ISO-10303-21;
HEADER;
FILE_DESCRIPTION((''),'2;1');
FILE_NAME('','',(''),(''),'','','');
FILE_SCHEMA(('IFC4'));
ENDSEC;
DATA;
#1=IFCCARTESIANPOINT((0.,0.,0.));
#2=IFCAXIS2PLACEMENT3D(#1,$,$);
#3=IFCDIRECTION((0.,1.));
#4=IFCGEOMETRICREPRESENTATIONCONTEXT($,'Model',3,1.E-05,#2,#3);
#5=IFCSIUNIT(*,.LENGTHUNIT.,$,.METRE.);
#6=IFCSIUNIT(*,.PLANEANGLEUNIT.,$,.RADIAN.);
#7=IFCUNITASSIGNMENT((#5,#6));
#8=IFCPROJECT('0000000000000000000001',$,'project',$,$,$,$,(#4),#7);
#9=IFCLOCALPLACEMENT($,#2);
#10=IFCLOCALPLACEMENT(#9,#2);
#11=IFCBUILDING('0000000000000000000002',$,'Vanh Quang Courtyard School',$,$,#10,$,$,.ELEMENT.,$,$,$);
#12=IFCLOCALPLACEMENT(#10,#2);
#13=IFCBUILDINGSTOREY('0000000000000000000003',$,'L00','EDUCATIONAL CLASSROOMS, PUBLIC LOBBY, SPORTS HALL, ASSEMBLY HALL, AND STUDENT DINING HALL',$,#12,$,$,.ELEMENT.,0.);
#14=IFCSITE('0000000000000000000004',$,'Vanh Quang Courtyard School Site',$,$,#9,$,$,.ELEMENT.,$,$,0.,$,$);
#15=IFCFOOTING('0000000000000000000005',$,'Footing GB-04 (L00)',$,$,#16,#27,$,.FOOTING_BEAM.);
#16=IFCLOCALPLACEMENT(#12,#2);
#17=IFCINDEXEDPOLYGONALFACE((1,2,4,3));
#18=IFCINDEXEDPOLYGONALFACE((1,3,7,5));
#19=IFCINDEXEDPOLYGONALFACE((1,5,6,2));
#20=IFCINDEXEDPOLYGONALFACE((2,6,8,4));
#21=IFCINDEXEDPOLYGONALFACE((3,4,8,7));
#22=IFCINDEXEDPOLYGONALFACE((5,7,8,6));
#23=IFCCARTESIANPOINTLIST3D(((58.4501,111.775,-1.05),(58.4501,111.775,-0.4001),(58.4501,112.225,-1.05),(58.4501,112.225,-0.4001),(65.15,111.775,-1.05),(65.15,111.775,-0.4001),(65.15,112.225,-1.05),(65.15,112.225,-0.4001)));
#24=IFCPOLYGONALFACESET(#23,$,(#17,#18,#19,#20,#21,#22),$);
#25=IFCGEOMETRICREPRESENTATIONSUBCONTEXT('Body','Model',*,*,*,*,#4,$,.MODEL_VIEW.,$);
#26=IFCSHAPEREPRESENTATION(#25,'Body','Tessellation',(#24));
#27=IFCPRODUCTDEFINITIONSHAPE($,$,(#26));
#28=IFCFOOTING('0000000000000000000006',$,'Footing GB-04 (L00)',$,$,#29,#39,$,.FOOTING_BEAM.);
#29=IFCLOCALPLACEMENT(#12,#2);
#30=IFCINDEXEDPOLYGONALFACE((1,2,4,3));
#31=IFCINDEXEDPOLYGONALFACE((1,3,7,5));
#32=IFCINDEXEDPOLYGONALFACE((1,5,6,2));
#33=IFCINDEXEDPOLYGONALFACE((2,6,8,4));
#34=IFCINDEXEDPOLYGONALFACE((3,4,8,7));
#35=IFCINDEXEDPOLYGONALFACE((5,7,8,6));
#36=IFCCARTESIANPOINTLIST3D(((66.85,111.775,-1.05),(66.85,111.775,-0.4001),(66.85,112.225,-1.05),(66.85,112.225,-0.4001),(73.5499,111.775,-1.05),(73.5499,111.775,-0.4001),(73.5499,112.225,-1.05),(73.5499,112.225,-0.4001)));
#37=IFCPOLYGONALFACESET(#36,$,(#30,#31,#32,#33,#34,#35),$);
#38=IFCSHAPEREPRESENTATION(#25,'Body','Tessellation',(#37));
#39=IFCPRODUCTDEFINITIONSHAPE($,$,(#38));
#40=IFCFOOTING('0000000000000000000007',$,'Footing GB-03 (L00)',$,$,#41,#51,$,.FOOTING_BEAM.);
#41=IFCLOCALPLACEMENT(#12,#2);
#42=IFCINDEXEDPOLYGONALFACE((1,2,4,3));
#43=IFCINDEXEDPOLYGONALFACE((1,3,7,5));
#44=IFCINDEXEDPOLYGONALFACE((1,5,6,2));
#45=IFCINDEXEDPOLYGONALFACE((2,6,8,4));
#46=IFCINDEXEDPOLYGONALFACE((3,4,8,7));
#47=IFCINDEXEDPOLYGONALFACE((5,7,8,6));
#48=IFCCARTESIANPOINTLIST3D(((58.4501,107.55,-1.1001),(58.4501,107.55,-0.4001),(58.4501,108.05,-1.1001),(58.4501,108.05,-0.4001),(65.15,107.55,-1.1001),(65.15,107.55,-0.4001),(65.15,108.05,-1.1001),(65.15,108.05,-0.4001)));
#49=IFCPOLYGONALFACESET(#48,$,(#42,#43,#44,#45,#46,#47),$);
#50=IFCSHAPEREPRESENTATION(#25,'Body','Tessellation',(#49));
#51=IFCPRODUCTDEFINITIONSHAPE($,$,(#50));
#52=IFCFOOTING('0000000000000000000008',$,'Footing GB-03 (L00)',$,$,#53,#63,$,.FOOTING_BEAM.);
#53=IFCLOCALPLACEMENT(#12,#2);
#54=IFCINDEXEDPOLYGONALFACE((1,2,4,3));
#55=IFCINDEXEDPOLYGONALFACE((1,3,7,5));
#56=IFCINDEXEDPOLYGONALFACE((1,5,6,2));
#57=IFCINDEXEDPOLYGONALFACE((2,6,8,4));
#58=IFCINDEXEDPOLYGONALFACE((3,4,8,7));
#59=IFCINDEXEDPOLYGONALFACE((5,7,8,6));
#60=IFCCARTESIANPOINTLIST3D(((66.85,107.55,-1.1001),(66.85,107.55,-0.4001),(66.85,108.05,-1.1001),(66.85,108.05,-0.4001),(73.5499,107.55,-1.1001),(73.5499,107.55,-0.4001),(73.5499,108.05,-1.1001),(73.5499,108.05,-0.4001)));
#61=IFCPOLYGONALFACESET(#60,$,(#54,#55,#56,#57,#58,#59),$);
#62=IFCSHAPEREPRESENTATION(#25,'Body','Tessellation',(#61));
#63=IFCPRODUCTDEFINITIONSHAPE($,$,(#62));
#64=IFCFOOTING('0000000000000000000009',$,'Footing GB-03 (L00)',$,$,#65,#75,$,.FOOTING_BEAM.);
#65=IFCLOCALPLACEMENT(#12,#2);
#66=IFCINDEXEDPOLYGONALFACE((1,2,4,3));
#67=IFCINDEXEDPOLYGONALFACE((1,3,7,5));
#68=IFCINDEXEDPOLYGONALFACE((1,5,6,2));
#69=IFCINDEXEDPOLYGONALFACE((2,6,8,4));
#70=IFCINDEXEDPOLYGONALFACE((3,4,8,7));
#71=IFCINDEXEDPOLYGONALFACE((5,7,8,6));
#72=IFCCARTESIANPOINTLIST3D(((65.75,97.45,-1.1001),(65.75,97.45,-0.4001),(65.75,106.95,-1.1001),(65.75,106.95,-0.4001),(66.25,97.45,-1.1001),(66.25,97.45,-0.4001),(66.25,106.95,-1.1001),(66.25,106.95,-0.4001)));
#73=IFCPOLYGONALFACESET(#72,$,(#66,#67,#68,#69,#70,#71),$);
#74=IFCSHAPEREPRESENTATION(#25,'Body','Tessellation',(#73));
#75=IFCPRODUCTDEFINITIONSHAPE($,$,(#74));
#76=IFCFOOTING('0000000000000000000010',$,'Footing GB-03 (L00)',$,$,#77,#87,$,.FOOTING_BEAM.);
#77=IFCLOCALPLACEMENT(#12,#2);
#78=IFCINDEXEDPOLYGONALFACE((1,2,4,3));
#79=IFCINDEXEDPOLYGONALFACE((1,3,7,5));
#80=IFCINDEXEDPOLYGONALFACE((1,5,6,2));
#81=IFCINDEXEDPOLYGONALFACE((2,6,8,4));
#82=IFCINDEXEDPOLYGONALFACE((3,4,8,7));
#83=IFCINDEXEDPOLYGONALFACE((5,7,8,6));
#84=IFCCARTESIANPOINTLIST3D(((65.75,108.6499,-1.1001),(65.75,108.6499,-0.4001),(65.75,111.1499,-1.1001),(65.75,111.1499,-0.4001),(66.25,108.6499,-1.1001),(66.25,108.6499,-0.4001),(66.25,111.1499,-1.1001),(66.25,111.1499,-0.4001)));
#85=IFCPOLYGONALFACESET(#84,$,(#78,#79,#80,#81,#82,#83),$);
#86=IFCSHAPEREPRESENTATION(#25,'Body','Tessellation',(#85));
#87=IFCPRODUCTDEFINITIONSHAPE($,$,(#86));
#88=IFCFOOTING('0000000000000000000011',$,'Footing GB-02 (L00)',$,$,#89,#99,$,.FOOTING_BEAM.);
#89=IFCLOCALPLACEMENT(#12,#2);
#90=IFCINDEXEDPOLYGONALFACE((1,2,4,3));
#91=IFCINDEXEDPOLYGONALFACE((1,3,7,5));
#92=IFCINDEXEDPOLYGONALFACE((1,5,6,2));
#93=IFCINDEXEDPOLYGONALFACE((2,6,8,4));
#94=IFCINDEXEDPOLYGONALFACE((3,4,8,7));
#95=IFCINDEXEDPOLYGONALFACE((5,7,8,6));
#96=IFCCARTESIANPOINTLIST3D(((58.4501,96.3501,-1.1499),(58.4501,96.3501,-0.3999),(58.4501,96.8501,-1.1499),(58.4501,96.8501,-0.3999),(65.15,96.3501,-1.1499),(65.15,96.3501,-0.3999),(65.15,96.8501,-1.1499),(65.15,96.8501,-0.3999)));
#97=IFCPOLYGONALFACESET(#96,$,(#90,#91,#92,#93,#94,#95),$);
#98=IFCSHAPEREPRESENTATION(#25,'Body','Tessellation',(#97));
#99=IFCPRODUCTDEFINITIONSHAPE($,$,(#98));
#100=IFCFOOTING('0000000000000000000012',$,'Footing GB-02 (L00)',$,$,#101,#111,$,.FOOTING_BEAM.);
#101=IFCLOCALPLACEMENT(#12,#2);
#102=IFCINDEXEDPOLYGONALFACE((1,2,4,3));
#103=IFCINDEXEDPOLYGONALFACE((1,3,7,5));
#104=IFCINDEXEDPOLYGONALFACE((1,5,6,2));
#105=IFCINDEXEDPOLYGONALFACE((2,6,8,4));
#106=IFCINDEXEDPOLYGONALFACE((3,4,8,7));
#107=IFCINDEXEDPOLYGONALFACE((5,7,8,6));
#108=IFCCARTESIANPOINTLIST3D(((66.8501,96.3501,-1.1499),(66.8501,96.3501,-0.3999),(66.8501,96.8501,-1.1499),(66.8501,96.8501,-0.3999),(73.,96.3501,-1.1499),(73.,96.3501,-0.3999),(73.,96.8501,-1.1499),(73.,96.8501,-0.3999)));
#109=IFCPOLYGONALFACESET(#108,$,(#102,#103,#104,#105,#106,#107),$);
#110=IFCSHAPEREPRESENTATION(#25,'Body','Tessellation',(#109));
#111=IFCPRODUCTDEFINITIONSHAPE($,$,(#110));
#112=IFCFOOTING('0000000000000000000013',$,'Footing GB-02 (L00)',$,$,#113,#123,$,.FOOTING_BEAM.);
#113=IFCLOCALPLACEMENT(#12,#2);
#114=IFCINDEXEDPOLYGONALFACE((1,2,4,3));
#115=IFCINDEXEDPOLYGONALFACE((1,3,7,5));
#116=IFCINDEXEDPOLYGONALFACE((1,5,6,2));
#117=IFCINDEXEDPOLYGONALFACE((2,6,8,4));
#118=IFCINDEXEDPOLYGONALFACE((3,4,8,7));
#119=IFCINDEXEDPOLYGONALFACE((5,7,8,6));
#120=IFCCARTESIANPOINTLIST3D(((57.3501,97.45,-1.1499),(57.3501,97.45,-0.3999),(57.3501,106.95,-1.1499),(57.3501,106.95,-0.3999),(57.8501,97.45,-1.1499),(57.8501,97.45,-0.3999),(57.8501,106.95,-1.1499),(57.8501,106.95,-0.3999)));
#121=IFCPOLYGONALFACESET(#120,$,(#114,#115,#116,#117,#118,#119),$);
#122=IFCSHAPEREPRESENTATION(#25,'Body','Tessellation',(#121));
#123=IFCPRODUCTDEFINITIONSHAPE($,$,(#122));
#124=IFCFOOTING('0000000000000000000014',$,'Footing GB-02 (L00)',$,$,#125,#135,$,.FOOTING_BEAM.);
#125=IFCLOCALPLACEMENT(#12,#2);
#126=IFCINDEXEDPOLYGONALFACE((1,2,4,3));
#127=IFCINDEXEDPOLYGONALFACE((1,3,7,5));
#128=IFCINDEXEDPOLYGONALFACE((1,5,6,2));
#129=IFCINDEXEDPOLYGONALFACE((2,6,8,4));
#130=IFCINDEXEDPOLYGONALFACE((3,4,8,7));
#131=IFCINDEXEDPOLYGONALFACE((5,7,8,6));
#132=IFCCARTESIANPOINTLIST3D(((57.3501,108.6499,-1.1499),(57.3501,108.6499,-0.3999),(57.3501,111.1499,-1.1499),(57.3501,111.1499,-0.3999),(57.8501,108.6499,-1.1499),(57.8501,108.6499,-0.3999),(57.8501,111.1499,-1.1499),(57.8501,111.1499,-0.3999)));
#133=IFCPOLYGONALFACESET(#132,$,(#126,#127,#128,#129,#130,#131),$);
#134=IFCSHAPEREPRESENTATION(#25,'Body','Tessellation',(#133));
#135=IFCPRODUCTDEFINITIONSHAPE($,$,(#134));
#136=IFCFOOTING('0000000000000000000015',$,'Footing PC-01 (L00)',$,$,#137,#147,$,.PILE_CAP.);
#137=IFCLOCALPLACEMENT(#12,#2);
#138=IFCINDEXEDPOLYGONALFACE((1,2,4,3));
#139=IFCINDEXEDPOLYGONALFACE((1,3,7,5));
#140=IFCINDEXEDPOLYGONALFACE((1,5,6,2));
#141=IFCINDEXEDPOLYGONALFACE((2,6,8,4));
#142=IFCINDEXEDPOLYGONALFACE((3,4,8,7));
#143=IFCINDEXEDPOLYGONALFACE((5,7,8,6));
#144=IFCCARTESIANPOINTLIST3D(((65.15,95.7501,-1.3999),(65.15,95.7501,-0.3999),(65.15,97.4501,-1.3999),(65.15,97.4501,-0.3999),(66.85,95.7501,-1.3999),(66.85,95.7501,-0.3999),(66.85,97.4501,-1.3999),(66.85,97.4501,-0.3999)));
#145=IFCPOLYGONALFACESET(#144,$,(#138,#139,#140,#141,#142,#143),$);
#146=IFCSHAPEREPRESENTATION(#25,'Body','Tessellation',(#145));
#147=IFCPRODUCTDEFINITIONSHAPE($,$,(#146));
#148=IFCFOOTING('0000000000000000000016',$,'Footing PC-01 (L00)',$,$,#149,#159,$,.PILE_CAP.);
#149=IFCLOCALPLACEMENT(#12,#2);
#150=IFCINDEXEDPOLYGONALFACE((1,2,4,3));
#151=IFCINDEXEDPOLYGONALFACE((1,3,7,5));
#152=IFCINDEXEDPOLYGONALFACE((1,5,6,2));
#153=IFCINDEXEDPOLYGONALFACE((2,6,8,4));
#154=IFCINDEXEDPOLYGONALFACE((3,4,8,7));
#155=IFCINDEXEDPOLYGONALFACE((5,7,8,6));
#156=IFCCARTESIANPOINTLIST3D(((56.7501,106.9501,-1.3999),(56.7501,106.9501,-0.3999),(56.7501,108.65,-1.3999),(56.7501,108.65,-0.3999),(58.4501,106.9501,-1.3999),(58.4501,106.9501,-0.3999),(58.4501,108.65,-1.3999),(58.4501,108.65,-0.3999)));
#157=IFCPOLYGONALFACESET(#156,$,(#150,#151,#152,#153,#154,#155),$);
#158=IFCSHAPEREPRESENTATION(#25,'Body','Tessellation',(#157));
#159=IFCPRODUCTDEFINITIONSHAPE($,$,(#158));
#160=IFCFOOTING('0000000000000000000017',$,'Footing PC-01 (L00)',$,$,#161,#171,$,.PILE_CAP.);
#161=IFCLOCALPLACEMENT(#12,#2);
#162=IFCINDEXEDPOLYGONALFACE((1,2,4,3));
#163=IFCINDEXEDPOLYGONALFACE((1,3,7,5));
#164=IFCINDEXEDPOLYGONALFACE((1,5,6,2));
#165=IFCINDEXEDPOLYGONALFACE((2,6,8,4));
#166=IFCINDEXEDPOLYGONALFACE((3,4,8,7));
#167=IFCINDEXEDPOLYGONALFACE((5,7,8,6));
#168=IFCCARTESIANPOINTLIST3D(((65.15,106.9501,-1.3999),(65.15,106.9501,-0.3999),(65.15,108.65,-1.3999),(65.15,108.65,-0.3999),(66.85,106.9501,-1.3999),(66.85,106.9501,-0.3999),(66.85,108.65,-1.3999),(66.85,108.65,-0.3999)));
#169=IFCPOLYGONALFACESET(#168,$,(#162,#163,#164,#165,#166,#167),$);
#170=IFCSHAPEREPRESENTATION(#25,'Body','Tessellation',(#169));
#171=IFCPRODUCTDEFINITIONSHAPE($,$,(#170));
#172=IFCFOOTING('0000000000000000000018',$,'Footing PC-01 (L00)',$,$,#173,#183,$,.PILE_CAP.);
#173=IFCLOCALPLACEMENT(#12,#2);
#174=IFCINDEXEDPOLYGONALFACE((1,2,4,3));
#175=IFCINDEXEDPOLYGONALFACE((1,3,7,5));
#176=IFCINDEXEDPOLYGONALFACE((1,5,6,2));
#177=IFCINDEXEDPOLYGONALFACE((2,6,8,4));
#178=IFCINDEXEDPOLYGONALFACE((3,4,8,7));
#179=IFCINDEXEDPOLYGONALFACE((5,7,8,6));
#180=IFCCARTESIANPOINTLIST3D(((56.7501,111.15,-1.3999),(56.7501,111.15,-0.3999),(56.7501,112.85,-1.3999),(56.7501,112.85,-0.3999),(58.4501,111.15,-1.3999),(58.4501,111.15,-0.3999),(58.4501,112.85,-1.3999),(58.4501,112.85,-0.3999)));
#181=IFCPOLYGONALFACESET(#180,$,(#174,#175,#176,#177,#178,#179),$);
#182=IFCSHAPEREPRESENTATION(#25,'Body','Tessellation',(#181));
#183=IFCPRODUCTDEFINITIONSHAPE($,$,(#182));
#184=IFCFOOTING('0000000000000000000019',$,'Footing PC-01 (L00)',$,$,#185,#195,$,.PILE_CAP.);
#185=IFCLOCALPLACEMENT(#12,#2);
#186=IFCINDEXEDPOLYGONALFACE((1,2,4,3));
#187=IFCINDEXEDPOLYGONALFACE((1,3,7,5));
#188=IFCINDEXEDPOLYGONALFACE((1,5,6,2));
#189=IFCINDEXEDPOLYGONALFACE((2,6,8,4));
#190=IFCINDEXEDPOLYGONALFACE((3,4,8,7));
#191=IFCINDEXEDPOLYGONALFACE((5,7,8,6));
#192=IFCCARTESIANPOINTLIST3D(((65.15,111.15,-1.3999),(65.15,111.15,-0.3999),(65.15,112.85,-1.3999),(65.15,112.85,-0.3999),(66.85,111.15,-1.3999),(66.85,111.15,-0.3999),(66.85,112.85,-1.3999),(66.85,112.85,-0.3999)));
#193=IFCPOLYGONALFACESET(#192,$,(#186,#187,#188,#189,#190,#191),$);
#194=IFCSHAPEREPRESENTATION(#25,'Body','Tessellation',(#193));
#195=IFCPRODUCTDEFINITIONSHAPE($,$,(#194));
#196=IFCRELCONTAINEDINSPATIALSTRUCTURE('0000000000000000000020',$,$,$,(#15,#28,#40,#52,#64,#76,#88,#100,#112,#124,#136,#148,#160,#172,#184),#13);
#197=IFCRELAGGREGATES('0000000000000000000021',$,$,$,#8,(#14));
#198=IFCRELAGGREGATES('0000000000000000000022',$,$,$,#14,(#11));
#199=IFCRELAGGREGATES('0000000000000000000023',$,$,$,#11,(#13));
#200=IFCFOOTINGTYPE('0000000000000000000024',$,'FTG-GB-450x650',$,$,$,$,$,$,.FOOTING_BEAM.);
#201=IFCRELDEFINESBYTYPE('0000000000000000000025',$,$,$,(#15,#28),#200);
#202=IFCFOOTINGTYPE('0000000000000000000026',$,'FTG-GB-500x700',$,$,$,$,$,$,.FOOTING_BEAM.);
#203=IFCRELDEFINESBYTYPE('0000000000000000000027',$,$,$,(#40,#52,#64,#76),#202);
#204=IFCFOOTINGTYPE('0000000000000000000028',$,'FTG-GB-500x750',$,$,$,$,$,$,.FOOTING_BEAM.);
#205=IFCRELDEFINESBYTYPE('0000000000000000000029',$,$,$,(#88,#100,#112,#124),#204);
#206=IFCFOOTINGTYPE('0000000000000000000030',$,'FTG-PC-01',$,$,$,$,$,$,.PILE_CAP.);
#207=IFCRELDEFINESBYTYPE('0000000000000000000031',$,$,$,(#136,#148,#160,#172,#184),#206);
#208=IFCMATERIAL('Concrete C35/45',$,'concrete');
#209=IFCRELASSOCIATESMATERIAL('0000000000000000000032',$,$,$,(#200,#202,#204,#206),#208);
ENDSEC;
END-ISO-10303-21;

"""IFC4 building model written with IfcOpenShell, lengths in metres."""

from ifc_helpers import new_model, si_unit, direction, frame, origin, origin_2d, place, context, subcontext, project, spatial, rectangle, extrude, material, type_object, element, save


model = new_model("IFC4")

# Units and contexts
model_context = context("Model", 3, precision=1e-05, world=origin(), true_north=direction((0.0, 1.0)))
body_context = subcontext(model_context, "Body", "Model", "MODEL_VIEW")
ifc_project = project(units=[si_unit("LENGTHUNIT", "METRE"), si_unit("PLANEANGLEUNIT", "RADIAN")], contexts=[model_context])

# Site, building, storey
site_placement = place(None, origin())
site = spatial("IfcSite", under=ifc_project, at=site_placement, Name="Vanh Quang Courtyard School Site", CompositionType="ELEMENT", RefElevation=0.0)
building_placement = place(site_placement, origin())
building = spatial("IfcBuilding", under=site, at=building_placement, Name="Vanh Quang Courtyard School", CompositionType="ELEMENT")
storey_placement = place(building_placement, origin())
storey = spatial("IfcBuildingStorey", under=building, at=storey_placement, Name="L00", Description="EDUCATIONAL CLASSROOMS, PUBLIC LOBBY, SPORTS HALL, ASSEMBLY HALL, AND STUDENT DINING HALL", CompositionType="ELEMENT", Elevation=0.0)

# Footings
ifc_material_1 = material(Name="Concrete C35/45", Category="concrete")
footing_type_1 = type_object("IfcFootingType", Name="FTG-GB-450x650", PredefinedType="FOOTING_BEAM", material=ifc_material_1)
for number, where, z_axis, x_axis, name in (
    (1, (61.8, 112.0, -1.05), (0.0, 0.0, 1.0), (1.0, 0.0, 0.0), "Footing GB-04 (L00)"),
    (2, (70.2, 112.0, -1.05), (0.0, 0.0, 1.0), (1.0, 0.0, 0.0), "Footing GB-04 (L00)"),
):
    element("IfcFooting", number, at=place(storey_placement, frame(where, z_axis=z_axis, x_axis=x_axis)), inside=storey, type_object=footing_type_1, Name=name, PredefinedType="FOOTING_BEAM", context=body_context, shape_type="SweptSolid", body=[
        extrude(rectangle(XDim=6.7, YDim=0.45, at=origin_2d()), origin(), (0.0, 0.0, 1.0), 0.6499),
    ])
footing_type_2 = type_object("IfcFootingType", Name="FTG-GB-500x700", PredefinedType="FOOTING_BEAM", material=ifc_material_1)
for number, where, z_axis, x_axis, name in (
    (3, (61.8, 107.8, -1.1001), (0.0, 0.0, 1.0), (1.0, 0.0, 0.0), "Footing GB-03 (L00)"),
    (4, (70.2, 107.8, -1.1001), (0.0, 0.0, 1.0), (1.0, 0.0, 0.0), "Footing GB-03 (L00)"),
):
    element("IfcFooting", number, at=place(storey_placement, frame(where, z_axis=z_axis, x_axis=x_axis)), inside=storey, type_object=footing_type_2, Name=name, PredefinedType="FOOTING_BEAM", context=body_context, shape_type="SweptSolid", body=[
        extrude(rectangle(XDim=6.7, YDim=0.5, at=origin_2d()), origin(), (0.0, 0.0, 1.0), 0.7),
    ])
footing_1_placement = place(storey_placement, frame((66.0, 102.2, -1.1001), z_axis=(0.0, 0.0, 1.0), x_axis=(0.0, 1.0, 0.0)))
element("IfcFooting", 5, at=footing_1_placement, inside=storey, type_object=footing_type_2, Name="Footing GB-03 (L00)", PredefinedType="FOOTING_BEAM", context=body_context, shape_type="SweptSolid", body=[
    extrude(rectangle(XDim=9.5, YDim=0.5, at=origin_2d()), origin(), (0.0, 0.0, 1.0), 0.7),
])
footing_2_placement = place(storey_placement, frame((66.0, 109.8999, -1.1001), z_axis=(0.0, 0.0, 1.0), x_axis=(0.0, 1.0, 0.0)))
element("IfcFooting", 6, at=footing_2_placement, inside=storey, type_object=footing_type_2, Name="Footing GB-03 (L00)", PredefinedType="FOOTING_BEAM", context=body_context, shape_type="SweptSolid", body=[
    extrude(rectangle(XDim=2.5, YDim=0.5, at=origin_2d()), origin(), (0.0, 0.0, 1.0), 0.7),
])
footing_type_3 = type_object("IfcFootingType", Name="FTG-GB-500x750", PredefinedType="FOOTING_BEAM", material=ifc_material_1)
footing_3_placement = place(storey_placement, frame((61.8, 96.6001, -1.1499), z_axis=(0.0, 0.0, 1.0), x_axis=(1.0, 0.0, 0.0)))
element("IfcFooting", 7, at=footing_3_placement, inside=storey, type_object=footing_type_3, Name="Footing GB-02 (L00)", PredefinedType="FOOTING_BEAM", context=body_context, shape_type="SweptSolid", body=[
    extrude(rectangle(XDim=6.7, YDim=0.5, at=origin_2d()), origin(), (0.0, 0.0, 1.0), 0.75),
])
footing_4_placement = place(storey_placement, frame((69.925, 96.6001, -1.1499), z_axis=(0.0, 0.0, 1.0), x_axis=(1.0, 0.0, 0.0)))
element("IfcFooting", 8, at=footing_4_placement, inside=storey, type_object=footing_type_3, Name="Footing GB-02 (L00)", PredefinedType="FOOTING_BEAM", context=body_context, shape_type="SweptSolid", body=[
    extrude(rectangle(XDim=6.1499, YDim=0.5, at=origin_2d()), origin(), (0.0, 0.0, 1.0), 0.75),
])
footing_5_placement = place(storey_placement, frame((57.6001, 102.2, -1.1499), z_axis=(0.0, 0.0, 1.0), x_axis=(0.0, 1.0, 0.0)))
element("IfcFooting", 9, at=footing_5_placement, inside=storey, type_object=footing_type_3, Name="Footing GB-02 (L00)", PredefinedType="FOOTING_BEAM", context=body_context, shape_type="SweptSolid", body=[
    extrude(rectangle(XDim=9.5, YDim=0.5, at=origin_2d()), origin(), (0.0, 0.0, 1.0), 0.75),
])
footing_6_placement = place(storey_placement, frame((57.6001, 109.8999, -1.1499), z_axis=(0.0, 0.0, 1.0), x_axis=(0.0, 1.0, 0.0)))
element("IfcFooting", 10, at=footing_6_placement, inside=storey, type_object=footing_type_3, Name="Footing GB-02 (L00)", PredefinedType="FOOTING_BEAM", context=body_context, shape_type="SweptSolid", body=[
    extrude(rectangle(XDim=2.5, YDim=0.5, at=origin_2d()), origin(), (0.0, 0.0, 1.0), 0.75),
])
footing_type_4 = type_object("IfcFootingType", Name="FTG-PC-01", PredefinedType="PILE_CAP", material=ifc_material_1)
for number, where, z_axis, x_axis, name in (
    (11, (66.0, 96.6001, -1.3999), (0.0, 0.0, 1.0), (1.0, 0.0, 0.0), "Footing PC-01 (L00)"),
    (12, (57.6001, 107.8, -1.3999), (0.0, 0.0, 1.0), (1.0, 0.0, 0.0), "Footing PC-01 (L00)"),
    (13, (66.0, 107.8, -1.3999), (0.0, 0.0, 1.0), (1.0, 0.0, 0.0), "Footing PC-01 (L00)"),
    (14, (57.6001, 112.0, -1.3999), (0.0, 0.0, 1.0), (1.0, 0.0, 0.0), "Footing PC-01 (L00)"),
    (15, (66.0, 112.0, -1.3999), (0.0, 0.0, 1.0), (1.0, 0.0, 0.0), "Footing PC-01 (L00)"),
):
    element("IfcFooting", number, at=place(storey_placement, frame(where, z_axis=z_axis, x_axis=x_axis)), inside=storey, type_object=footing_type_4, Name=name, PredefinedType="PILE_CAP", context=body_context, shape_type="SweptSolid", body=[
        extrude(rectangle(XDim=1.7, YDim=1.7, at=origin_2d()), origin(), (0.0, 0.0, 1.0), 1.0),
    ])

save(model, "model.ifc")
